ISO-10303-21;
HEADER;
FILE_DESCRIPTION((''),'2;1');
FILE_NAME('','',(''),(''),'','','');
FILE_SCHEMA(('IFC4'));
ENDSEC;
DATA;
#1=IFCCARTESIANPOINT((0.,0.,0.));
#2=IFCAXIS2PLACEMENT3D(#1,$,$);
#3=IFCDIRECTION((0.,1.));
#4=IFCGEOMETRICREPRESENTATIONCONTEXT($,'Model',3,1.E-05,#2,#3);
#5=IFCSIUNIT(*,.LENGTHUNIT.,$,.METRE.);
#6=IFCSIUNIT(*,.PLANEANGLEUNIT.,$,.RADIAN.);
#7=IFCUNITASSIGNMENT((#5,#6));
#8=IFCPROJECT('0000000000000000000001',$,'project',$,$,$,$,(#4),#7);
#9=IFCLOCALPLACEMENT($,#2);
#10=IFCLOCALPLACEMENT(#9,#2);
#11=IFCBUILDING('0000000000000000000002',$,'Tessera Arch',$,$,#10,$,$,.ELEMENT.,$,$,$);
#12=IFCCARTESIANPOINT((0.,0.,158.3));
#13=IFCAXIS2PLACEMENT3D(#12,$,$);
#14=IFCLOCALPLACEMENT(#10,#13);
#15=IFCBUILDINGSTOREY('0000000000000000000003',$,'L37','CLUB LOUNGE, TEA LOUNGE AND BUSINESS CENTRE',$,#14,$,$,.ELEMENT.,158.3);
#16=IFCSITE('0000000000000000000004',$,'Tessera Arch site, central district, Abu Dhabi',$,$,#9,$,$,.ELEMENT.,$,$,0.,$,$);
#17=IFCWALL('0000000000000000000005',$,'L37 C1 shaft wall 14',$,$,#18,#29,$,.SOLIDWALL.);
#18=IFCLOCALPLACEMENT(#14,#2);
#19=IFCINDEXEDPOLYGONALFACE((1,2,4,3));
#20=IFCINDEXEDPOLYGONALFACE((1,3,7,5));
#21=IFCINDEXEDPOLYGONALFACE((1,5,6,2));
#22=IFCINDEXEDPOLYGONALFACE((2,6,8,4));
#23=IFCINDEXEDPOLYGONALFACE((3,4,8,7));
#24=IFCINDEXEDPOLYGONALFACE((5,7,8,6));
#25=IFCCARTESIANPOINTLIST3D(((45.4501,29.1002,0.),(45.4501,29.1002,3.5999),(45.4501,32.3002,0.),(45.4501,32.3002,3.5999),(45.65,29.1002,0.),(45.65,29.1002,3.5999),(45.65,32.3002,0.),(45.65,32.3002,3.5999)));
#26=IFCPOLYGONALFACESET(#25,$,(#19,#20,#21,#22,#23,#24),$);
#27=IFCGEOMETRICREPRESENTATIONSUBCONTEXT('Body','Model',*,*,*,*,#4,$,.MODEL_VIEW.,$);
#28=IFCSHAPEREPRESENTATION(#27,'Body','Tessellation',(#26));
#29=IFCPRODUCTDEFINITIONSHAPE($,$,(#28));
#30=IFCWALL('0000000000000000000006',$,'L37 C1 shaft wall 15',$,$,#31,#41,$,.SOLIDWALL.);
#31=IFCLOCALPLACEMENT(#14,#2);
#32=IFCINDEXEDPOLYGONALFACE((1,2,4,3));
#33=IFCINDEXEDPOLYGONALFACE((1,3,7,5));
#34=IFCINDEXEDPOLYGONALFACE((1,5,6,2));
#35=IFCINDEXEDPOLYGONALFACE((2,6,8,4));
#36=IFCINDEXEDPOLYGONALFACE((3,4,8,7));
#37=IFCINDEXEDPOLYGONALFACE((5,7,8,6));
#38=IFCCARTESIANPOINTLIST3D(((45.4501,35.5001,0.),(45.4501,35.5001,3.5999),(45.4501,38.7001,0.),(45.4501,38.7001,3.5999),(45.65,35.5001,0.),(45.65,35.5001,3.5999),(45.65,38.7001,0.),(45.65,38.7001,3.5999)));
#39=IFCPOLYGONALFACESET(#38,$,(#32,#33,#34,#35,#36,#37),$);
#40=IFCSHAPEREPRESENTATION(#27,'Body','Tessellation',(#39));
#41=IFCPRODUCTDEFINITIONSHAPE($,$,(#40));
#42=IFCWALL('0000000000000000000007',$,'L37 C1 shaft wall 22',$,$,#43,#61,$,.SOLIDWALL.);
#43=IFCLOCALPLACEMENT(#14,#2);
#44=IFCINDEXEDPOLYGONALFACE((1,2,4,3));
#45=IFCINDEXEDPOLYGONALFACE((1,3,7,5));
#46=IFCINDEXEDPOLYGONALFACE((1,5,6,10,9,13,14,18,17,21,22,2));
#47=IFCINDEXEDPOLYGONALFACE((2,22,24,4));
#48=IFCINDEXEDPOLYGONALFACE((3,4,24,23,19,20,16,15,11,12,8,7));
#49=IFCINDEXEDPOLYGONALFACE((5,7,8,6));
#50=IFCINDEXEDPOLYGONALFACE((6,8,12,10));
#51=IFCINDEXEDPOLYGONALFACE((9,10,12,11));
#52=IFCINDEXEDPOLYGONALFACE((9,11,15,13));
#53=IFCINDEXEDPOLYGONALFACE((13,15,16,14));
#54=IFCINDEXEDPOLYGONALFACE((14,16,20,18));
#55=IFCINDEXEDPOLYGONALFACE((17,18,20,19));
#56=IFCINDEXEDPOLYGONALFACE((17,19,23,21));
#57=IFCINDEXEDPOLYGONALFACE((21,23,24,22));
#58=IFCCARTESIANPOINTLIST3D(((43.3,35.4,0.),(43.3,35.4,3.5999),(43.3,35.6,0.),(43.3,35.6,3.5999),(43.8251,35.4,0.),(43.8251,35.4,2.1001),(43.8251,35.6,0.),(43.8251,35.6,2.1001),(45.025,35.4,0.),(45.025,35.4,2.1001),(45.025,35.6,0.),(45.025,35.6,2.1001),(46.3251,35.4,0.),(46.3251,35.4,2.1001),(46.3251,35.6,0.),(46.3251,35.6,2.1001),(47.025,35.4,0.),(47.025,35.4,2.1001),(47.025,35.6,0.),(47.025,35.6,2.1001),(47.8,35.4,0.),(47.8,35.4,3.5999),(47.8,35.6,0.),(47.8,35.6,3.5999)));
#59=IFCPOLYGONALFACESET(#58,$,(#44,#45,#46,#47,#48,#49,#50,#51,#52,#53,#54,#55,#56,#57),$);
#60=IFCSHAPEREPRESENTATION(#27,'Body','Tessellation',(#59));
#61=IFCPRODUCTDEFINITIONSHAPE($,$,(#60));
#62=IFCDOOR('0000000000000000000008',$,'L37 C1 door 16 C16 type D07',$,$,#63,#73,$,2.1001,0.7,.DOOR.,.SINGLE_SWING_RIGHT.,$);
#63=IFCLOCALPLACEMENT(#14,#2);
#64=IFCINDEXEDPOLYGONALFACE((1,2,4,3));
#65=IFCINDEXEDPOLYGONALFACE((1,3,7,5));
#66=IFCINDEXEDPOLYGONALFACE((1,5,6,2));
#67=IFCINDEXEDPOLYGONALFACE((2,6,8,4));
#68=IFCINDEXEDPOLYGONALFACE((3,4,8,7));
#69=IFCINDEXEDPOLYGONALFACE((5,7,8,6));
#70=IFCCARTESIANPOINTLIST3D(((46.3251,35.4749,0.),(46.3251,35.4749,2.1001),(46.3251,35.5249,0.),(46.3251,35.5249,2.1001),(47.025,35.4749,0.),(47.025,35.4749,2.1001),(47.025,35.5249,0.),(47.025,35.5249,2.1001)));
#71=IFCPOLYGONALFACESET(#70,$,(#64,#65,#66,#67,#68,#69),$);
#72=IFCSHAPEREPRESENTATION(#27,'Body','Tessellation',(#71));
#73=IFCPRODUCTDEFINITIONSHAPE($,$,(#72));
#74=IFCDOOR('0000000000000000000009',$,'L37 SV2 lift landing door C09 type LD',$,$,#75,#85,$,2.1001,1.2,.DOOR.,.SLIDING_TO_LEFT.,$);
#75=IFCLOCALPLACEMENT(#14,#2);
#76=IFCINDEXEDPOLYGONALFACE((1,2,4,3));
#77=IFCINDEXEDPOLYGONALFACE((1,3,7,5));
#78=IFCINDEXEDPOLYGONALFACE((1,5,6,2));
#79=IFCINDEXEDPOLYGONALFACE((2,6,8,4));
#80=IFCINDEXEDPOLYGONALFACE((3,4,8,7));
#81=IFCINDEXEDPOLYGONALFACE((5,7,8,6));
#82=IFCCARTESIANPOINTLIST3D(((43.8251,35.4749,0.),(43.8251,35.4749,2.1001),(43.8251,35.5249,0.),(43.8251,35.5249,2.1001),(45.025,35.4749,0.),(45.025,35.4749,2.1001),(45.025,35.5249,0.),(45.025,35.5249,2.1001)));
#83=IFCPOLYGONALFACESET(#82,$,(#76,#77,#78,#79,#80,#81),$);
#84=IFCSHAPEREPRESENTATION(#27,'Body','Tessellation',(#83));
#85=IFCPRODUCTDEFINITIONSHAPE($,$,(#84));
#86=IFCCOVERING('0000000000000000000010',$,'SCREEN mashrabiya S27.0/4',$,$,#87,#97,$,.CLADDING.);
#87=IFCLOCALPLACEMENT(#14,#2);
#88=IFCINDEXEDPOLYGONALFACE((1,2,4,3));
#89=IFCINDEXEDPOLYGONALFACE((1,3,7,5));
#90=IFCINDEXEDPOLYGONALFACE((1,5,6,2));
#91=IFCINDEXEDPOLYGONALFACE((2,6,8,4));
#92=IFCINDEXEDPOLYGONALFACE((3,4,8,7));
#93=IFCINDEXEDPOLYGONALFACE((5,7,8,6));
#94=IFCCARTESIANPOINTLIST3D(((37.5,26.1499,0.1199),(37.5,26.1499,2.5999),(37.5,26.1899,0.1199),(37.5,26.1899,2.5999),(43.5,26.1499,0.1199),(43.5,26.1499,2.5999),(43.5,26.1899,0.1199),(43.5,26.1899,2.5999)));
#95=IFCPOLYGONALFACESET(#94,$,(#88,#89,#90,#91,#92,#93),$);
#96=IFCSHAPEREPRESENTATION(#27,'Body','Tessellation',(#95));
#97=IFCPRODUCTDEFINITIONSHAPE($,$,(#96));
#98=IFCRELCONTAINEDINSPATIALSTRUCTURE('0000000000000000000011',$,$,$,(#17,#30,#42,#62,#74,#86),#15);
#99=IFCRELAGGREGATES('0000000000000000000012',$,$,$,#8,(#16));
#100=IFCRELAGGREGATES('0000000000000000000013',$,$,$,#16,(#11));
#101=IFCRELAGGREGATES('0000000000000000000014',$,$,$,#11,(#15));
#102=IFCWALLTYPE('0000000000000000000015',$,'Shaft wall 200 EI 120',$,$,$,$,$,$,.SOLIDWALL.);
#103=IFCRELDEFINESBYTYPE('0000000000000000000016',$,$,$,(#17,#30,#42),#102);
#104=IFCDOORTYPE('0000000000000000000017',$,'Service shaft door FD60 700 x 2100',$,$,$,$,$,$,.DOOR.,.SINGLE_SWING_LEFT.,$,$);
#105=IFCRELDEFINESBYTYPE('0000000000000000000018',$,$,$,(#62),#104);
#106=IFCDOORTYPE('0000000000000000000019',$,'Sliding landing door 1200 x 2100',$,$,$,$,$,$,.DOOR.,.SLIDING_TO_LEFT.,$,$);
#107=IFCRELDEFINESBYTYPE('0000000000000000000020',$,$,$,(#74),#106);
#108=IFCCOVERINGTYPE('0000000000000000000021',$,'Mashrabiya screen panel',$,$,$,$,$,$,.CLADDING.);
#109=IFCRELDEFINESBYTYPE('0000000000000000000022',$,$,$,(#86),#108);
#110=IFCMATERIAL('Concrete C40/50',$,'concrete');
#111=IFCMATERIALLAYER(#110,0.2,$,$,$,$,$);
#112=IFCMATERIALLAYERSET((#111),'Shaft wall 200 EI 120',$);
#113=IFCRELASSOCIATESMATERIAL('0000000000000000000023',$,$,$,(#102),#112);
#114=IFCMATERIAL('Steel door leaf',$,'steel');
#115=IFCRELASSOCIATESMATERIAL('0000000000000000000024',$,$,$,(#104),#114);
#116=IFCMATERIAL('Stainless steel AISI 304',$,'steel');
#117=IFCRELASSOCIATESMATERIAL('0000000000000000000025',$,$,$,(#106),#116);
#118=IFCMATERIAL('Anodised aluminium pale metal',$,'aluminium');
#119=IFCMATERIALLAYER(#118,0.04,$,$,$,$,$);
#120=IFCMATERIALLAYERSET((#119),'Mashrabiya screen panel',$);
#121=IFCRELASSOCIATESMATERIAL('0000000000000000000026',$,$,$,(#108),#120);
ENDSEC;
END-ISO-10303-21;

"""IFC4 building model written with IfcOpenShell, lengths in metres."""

from ifc_helpers import new_model, si_unit, direction, frame, frame_2d, origin, origin_2d, place, context, subcontext, project, spatial, rectangle, extrude, material, layer, layer_set, type_object, element, fill, save


model = new_model("IFC4")

# Units and contexts
model_context = context("Model", 3, precision=1e-05, world=origin(), true_north=direction((0.0, 1.0)))
body_context = subcontext(model_context, "Body", "Model", "MODEL_VIEW")
ifc_project = project(units=[si_unit("LENGTHUNIT", "METRE"), si_unit("PLANEANGLEUNIT", "RADIAN")], contexts=[model_context])

# Site, building, storey
site_placement = place(None, origin())
site = spatial("IfcSite", under=ifc_project, at=site_placement, Name="Tessera Arch site, central district, Abu Dhabi", CompositionType="ELEMENT", RefElevation=0.0)
building_placement = place(site_placement, origin())
building = spatial("IfcBuilding", under=site, at=building_placement, Name="Tessera Arch", CompositionType="ELEMENT")
storey_placement = place(building_placement, frame((0.0, 0.0, 158.3)))
storey = spatial("IfcBuildingStorey", under=building, at=storey_placement, Name="L37", Description="CLUB LOUNGE, TEA LOUNGE AND BUSINESS CENTRE", CompositionType="ELEMENT", Elevation=158.3)

# Walls
ifc_material_1 = material(Name="Concrete C40/50", Category="concrete")
ifc_layer_1 = layer(ifc_material_1, 0.2)
ifc_layer_set_1 = layer_set([ifc_layer_1], Name="Shaft wall 200 EI 120")
wall_type_1 = type_object("IfcWallType", Name="Shaft wall 200 EI 120", PredefinedType="SOLIDWALL", material=ifc_layer_set_1)
for number, where, z_axis, x_axis, name in (
    (1, (45.55, 29.1001, 0.0), (0.0, 0.0, 1.0), (0.0, 1.0, 0.0), "L37 C1 shaft wall 14"),
    (2, (45.55, 35.5, 0.0), (0.0, 0.0, 1.0), (0.0, 1.0, 0.0), "L37 C1 shaft wall 15"),
):
    element("IfcWall", number, at=place(storey_placement, frame(where, z_axis=z_axis, x_axis=x_axis)), inside=storey, type_object=wall_type_1, Name=name, PredefinedType="SOLIDWALL", context=body_context, shape_type="SweptSolid", body=[
        extrude(rectangle(XDim=3.2, YDim=0.2, at=frame_2d((1.6001, 0.0))), origin(), (0.0, 0.0, 1.0), 3.5999),
    ])

# Wall, openings, doors
wall_1_placement = place(storey_placement, frame((43.3, 35.5, 0.0), z_axis=(0.0, 0.0, 1.0), x_axis=(1.0, 0.0, 0.0)))
wall_1 = element("IfcWall", 3, at=wall_1_placement, inside=storey, type_object=wall_type_1, Name="L37 C1 shaft wall 22", PredefinedType="SOLIDWALL", context=body_context, shape_type="SweptSolid", body=[
    extrude(rectangle(XDim=4.5, YDim=0.2, at=frame_2d((2.25, 0.0))), origin(), (0.0, 0.0, 1.0), 3.5999),
])
opening_1_placement = place(wall_1_placement, frame((0.5249, 0.0, 0.0)))
opening_1 = element("IfcOpeningElement", 4, at=opening_1_placement, cuts=wall_1, PredefinedType="OPENING", context=body_context, shape_type="SweptSolid", body=[
    extrude(rectangle(XDim=1.2, YDim=2.1001, at=frame_2d((0.6001, 1.05))), frame((0.0, 0.1099, 0.0), z_axis=(0.0, -1.0, 0.0), x_axis=(1.0, 0.0, 0.0)), (0.0, 0.0, 1.0), 0.22),
])
opening_2_placement = place(wall_1_placement, frame((3.0249, 0.0, 0.0)))
opening_2 = element("IfcOpeningElement", 5, at=opening_2_placement, cuts=wall_1, PredefinedType="OPENING", context=body_context, shape_type="SweptSolid", body=[
    extrude(rectangle(XDim=0.7, YDim=2.1001, at=frame_2d((0.3501, 1.05))), frame((0.0, 0.1099, 0.0), z_axis=(0.0, -1.0, 0.0), x_axis=(1.0, 0.0, 0.0)), (0.0, 0.0, 1.0), 0.22),
])
ifc_material_2 = material(Name="Steel door leaf", Category="steel")
door_type_1 = type_object("IfcDoorType", Name="Service shaft door FD60 700 x 2100", OperationType="SINGLE_SWING_LEFT", PredefinedType="DOOR", material=ifc_material_2)
door_1_placement = place(opening_2_placement, origin())
door_1 = element("IfcDoor", 6, at=door_1_placement, inside=storey, type_object=door_type_1, Name="L37 C1 door 16 C16 type D07", OperationType="SINGLE_SWING_RIGHT", OverallHeight=2.1001, OverallWidth=0.7, PredefinedType="DOOR", context=body_context, shape_type="SweptSolid", body=[
    extrude(rectangle(XDim=0.7, YDim=2.1001, at=frame_2d((0.3501, 1.05))), frame((0.0, 0.0249, 0.0), z_axis=(0.0, -1.0, 0.0), x_axis=(1.0, 0.0, 0.0)), (0.0, 0.0, 1.0), 0.05),
])
fill(opening_2, door_1)
ifc_material_3 = material(Name="Stainless steel AISI 304", Category="steel")
door_type_2 = type_object("IfcDoorType", Name="Sliding landing door 1200 x 2100", OperationType="SLIDING_TO_LEFT", PredefinedType="DOOR", material=ifc_material_3)
door_2_placement = place(opening_1_placement, origin())
door_2 = element("IfcDoor", 7, at=door_2_placement, inside=storey, type_object=door_type_2, Name="L37 SV2 lift landing door C09 type LD", OperationType="SLIDING_TO_LEFT", OverallHeight=2.1001, OverallWidth=1.2, PredefinedType="DOOR", context=body_context, shape_type="SweptSolid", body=[
    extrude(rectangle(XDim=1.2, YDim=2.1001, at=frame_2d((0.6001, 1.05))), frame((0.0, 0.0249, 0.0), z_axis=(0.0, -1.0, 0.0), x_axis=(1.0, 0.0, 0.0)), (0.0, 0.0, 1.0), 0.05),
])
fill(opening_1, door_2)

# Covering
ifc_material_4 = material(Name="Anodised aluminium pale metal", Category="aluminium")
ifc_layer_2 = layer(ifc_material_4, 0.04)
ifc_layer_set_2 = layer_set([ifc_layer_2], Name="Mashrabiya screen panel")
covering_type = type_object("IfcCoveringType", Name="Mashrabiya screen panel", PredefinedType="CLADDING", material=ifc_layer_set_2)
covering_placement = place(storey_placement, frame((40.5, 26.1699, 0.1199), z_axis=(0.0, 0.0, 1.0), x_axis=(1.0, 0.0, 0.0)))
element("IfcCovering", 8, at=covering_placement, inside=storey, type_object=covering_type, Name="SCREEN mashrabiya S27.0/4", PredefinedType="CLADDING", context=body_context, shape_type="SweptSolid", body=[
    extrude(rectangle(XDim=6.0, YDim=0.04, at=origin_2d()), origin(), (0.0, 0.0, 1.0), 2.48),
])

save(model, "model.ifc")
